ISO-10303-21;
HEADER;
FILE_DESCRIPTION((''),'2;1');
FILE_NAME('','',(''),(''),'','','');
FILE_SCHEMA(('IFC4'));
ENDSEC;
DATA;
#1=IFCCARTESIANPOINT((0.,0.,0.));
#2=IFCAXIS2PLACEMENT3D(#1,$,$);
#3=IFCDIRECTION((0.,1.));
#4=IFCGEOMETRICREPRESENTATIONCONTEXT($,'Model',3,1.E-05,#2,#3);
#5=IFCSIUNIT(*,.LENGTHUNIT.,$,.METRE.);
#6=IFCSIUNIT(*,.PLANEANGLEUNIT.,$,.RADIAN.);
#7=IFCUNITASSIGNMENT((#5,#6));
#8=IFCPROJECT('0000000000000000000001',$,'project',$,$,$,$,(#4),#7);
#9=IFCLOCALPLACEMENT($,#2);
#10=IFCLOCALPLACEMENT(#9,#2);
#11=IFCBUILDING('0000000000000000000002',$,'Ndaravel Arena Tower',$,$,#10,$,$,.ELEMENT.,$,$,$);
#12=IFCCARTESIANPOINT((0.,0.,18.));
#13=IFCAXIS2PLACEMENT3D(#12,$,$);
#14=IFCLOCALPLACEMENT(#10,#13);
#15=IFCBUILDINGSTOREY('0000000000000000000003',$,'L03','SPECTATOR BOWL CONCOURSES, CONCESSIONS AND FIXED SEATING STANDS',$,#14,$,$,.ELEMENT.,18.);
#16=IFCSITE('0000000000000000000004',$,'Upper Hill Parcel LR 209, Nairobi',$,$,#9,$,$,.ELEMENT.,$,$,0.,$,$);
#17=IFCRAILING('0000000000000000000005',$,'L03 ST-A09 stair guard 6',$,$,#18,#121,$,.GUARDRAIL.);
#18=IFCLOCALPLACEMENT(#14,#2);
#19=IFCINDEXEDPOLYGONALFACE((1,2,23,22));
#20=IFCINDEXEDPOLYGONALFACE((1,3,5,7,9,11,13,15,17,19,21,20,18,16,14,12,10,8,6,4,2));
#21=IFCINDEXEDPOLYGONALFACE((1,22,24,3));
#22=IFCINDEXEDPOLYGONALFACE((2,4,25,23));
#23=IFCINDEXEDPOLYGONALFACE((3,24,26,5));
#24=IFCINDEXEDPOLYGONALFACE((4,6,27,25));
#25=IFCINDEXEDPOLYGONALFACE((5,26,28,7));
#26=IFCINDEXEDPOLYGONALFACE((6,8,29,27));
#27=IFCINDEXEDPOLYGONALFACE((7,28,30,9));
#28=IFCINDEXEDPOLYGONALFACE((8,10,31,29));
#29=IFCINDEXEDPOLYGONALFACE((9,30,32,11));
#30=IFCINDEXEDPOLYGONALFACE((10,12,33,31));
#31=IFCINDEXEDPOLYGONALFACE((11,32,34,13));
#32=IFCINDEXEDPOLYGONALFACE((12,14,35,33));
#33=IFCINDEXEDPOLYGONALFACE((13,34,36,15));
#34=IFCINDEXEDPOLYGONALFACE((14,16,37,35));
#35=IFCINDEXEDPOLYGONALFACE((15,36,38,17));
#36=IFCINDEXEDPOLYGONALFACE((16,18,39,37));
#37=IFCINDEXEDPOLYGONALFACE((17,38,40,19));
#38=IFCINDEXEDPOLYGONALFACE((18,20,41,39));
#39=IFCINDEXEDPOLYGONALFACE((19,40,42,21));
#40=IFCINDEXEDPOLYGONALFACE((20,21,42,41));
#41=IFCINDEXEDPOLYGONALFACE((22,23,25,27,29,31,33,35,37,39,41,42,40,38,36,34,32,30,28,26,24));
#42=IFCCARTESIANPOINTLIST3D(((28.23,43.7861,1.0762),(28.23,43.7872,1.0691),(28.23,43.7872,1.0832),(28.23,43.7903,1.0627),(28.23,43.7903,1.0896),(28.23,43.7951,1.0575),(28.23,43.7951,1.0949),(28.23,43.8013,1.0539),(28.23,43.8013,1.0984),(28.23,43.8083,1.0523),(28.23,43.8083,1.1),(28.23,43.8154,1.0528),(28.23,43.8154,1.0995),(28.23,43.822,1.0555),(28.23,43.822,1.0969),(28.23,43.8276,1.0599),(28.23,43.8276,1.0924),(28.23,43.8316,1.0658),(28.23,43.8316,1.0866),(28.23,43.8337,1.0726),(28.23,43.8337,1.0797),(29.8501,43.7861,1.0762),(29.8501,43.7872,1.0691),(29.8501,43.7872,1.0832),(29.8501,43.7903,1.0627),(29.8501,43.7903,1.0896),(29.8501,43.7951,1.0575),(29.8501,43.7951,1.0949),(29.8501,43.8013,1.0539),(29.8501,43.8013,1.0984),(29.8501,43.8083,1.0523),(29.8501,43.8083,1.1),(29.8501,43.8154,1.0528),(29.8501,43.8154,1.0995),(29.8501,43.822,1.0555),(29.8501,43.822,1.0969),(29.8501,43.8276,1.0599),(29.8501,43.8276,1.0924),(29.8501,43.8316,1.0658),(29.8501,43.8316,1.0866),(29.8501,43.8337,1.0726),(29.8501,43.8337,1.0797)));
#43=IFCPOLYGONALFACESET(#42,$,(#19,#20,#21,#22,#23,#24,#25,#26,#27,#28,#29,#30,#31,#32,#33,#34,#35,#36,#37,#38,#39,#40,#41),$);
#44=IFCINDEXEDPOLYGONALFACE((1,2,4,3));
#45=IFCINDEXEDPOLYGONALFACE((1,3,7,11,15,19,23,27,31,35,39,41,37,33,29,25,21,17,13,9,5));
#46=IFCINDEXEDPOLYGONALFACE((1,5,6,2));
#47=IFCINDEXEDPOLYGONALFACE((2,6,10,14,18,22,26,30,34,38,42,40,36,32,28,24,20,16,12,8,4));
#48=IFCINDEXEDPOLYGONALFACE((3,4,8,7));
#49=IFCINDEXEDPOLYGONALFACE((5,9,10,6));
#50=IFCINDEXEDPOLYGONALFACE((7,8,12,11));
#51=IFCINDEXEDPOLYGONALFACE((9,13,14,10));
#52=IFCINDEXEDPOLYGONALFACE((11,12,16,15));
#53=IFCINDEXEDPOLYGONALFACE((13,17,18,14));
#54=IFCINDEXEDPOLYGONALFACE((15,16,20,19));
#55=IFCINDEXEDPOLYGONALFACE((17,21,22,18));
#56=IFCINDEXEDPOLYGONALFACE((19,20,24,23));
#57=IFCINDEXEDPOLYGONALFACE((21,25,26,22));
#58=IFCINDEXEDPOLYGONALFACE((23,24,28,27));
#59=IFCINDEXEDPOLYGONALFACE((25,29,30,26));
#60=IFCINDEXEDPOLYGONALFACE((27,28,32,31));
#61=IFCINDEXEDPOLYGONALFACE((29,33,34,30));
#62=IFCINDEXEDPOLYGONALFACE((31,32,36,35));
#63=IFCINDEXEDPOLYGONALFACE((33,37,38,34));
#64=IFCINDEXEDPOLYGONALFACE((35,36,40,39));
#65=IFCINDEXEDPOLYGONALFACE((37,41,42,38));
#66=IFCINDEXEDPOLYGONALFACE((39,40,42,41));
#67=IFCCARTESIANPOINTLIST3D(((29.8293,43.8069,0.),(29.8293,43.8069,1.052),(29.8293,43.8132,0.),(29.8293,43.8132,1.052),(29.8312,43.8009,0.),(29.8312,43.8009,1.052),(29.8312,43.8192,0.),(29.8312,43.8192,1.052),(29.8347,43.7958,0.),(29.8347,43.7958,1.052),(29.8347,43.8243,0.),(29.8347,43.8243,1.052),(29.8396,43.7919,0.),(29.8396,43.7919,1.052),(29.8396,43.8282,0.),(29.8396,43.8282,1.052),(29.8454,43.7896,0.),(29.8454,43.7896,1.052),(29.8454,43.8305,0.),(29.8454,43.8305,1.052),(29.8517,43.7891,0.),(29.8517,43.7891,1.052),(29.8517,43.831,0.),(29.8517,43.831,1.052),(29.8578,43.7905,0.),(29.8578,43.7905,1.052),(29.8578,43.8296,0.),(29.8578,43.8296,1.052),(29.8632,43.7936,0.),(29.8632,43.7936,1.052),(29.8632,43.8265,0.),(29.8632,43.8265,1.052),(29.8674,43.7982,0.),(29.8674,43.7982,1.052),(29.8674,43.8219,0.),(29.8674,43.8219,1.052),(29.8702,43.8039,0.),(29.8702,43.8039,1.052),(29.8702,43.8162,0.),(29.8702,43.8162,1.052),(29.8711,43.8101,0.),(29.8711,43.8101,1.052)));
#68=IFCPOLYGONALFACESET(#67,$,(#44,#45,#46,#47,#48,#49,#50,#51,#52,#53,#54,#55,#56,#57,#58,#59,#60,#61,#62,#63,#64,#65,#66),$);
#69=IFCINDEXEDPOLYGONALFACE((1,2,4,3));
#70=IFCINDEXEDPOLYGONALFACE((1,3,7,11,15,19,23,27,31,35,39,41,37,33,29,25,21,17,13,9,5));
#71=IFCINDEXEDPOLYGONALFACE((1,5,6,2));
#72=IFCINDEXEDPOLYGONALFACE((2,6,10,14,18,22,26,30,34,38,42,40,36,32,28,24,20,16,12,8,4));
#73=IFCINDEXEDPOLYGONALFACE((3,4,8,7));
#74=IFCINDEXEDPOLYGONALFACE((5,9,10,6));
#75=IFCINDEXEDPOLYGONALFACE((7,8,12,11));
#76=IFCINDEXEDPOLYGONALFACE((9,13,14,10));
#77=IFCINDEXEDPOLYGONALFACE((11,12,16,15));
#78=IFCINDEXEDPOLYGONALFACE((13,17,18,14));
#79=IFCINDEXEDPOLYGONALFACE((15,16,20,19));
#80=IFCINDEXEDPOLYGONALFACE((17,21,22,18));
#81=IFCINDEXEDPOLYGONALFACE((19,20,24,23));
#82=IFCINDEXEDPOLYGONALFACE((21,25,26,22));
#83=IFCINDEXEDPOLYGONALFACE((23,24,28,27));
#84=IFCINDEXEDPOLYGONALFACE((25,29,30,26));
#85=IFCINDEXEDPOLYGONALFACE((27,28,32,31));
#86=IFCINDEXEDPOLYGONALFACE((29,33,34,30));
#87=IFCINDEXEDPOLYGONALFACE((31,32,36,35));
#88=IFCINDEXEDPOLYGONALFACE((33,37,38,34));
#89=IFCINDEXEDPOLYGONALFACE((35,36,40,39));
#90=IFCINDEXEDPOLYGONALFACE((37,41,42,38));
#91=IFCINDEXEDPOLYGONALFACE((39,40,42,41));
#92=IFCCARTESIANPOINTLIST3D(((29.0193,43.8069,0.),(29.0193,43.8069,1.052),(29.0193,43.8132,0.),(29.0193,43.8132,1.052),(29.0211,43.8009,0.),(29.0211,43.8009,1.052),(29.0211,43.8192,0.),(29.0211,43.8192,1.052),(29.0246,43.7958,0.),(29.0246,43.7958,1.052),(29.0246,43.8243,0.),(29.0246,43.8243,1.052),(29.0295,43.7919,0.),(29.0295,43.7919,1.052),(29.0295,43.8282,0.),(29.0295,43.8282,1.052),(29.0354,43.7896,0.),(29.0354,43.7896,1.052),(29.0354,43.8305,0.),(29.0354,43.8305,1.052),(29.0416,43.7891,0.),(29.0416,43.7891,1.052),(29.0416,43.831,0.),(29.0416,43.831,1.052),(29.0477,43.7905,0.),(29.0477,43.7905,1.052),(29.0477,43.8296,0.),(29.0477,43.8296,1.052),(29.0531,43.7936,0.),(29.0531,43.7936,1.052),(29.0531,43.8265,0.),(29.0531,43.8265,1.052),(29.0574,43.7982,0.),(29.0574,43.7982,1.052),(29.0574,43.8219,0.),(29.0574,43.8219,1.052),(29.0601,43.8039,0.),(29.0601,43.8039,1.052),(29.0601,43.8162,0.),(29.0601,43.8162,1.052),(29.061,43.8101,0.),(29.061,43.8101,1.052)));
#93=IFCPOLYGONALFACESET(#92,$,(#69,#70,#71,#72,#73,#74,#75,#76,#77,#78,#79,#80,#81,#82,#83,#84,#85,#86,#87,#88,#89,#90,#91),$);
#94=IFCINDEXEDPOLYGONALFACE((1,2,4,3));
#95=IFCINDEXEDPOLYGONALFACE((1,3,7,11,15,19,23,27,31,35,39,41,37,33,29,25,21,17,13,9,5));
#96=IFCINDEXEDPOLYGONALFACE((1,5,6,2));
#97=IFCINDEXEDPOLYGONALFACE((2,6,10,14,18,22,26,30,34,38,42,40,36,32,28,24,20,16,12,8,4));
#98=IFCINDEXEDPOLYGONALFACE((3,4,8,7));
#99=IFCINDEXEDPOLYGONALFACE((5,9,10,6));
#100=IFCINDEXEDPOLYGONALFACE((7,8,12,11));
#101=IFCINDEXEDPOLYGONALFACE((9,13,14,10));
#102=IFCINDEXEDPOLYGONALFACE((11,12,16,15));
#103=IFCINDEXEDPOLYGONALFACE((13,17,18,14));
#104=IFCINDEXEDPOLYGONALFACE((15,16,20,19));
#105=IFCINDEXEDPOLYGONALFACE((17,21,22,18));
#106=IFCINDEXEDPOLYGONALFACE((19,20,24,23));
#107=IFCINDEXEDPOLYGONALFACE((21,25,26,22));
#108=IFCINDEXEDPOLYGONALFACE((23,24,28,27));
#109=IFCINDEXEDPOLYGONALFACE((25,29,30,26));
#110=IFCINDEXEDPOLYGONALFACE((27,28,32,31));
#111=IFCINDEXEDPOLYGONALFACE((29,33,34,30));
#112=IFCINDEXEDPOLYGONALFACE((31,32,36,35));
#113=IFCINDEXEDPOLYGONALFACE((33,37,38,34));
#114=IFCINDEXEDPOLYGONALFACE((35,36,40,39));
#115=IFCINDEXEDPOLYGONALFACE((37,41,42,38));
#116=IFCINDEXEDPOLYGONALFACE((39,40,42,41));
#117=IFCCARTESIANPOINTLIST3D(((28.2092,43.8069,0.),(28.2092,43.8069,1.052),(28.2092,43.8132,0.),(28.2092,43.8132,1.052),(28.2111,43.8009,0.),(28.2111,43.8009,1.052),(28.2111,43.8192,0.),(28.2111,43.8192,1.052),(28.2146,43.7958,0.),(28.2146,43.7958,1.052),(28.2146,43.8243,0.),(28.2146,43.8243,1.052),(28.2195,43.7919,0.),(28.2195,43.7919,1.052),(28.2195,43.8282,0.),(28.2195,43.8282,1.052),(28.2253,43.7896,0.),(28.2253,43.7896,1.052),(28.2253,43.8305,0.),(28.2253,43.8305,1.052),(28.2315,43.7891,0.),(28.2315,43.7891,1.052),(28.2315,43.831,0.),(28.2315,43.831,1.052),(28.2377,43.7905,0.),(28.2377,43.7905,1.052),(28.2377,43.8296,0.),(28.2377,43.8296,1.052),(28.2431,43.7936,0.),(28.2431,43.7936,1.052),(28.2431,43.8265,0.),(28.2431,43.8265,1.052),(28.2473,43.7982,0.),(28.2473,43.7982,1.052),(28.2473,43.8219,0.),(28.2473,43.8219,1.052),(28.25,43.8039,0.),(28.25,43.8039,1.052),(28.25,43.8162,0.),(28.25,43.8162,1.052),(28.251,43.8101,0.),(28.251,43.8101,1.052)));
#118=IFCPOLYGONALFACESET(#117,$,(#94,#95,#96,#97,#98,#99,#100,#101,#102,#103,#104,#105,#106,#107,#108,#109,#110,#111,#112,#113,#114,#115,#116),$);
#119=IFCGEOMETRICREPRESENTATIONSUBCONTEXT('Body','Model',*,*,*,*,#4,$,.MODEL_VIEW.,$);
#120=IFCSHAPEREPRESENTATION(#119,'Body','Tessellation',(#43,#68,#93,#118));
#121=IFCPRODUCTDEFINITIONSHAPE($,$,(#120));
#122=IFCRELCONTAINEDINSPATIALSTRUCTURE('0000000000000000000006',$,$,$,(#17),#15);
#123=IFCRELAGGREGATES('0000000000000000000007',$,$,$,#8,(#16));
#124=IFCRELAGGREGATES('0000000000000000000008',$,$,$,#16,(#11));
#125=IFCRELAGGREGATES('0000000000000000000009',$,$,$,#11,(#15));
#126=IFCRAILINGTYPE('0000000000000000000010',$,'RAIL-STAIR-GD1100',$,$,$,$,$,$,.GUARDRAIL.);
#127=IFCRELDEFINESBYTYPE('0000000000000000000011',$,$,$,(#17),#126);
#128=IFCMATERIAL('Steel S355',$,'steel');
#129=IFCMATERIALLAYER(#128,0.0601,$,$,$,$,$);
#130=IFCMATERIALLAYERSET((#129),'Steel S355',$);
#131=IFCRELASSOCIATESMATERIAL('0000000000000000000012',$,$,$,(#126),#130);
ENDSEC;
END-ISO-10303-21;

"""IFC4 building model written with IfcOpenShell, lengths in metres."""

from ifc_helpers import new_model, si_unit, direction, frame, origin, origin_2d, place, context, subcontext, project, spatial, circle, extrude, material, layer, layer_set, type_object, element, save


model = new_model("IFC4")

# Units and contexts
model_context = context("Model", 3, precision=1e-05, world=origin(), true_north=direction((0.0, 1.0)))
body_context = subcontext(model_context, "Body", "Model", "MODEL_VIEW")
ifc_project = project(units=[si_unit("LENGTHUNIT", "METRE"), si_unit("PLANEANGLEUNIT", "RADIAN")], contexts=[model_context])

# Site, building, storey
site_placement = place(None, origin())
site = spatial("IfcSite", under=ifc_project, at=site_placement, Name="Upper Hill Parcel LR 209, Nairobi", CompositionType="ELEMENT", RefElevation=0.0)
building_placement = place(site_placement, origin())
building = spatial("IfcBuilding", under=site, at=building_placement, Name="Ndaravel Arena Tower", CompositionType="ELEMENT")
storey_placement = place(building_placement, frame((0.0, 0.0, 18.0)))
storey = spatial("IfcBuildingStorey", under=building, at=storey_placement, Name="L03", Description="SPECTATOR BOWL CONCOURSES, CONCESSIONS AND FIXED SEATING STANDS", CompositionType="ELEMENT", Elevation=18.0)

# Railing
ifc_material_1 = material(Name="Steel S355", Category="steel")
ifc_layer_1 = layer(ifc_material_1, 0.0601)
ifc_layer_set_1 = layer_set([ifc_layer_1], Name="Steel S355")
railing_type_1 = type_object("IfcRailingType", Name="RAIL-STAIR-GD1100", PredefinedType="GUARDRAIL", material=ifc_layer_set_1)
for number, where, name in (
    (1, (29.8501, 43.8101, 0.0), "L03 ST-A09 stair guard 6"),
):
    element("IfcRailing", number, at=place(storey_placement, frame(where)), inside=storey, type_object=railing_type_1, Name=name, PredefinedType="GUARDRAIL", context=body_context, shape_type="SweptSolid", body=[
        extrude(circle(Radius=0.0239, at=origin_2d()), frame((0.0, 0.0, 1.0762), z_axis=(-1.0, 0.0, 0.0), x_axis=(0.0, -1.0, 0.0)), (0.0, 0.0, 1.0), 1.6201),
        extrude(circle(Radius=0.021, at=origin_2d()), origin(), (0.0, 0.0, 1.0), 1.052),
        extrude(circle(Radius=0.021, at=origin_2d()), frame((-0.8101, 0.0, 0.0)), (0.0, 0.0, 1.0), 1.052),
        extrude(circle(Radius=0.021, at=origin_2d()), frame((-1.6201, 0.0, 0.0)), (0.0, 0.0, 1.0), 1.052),
    ])

save(model, "model.ifc")
